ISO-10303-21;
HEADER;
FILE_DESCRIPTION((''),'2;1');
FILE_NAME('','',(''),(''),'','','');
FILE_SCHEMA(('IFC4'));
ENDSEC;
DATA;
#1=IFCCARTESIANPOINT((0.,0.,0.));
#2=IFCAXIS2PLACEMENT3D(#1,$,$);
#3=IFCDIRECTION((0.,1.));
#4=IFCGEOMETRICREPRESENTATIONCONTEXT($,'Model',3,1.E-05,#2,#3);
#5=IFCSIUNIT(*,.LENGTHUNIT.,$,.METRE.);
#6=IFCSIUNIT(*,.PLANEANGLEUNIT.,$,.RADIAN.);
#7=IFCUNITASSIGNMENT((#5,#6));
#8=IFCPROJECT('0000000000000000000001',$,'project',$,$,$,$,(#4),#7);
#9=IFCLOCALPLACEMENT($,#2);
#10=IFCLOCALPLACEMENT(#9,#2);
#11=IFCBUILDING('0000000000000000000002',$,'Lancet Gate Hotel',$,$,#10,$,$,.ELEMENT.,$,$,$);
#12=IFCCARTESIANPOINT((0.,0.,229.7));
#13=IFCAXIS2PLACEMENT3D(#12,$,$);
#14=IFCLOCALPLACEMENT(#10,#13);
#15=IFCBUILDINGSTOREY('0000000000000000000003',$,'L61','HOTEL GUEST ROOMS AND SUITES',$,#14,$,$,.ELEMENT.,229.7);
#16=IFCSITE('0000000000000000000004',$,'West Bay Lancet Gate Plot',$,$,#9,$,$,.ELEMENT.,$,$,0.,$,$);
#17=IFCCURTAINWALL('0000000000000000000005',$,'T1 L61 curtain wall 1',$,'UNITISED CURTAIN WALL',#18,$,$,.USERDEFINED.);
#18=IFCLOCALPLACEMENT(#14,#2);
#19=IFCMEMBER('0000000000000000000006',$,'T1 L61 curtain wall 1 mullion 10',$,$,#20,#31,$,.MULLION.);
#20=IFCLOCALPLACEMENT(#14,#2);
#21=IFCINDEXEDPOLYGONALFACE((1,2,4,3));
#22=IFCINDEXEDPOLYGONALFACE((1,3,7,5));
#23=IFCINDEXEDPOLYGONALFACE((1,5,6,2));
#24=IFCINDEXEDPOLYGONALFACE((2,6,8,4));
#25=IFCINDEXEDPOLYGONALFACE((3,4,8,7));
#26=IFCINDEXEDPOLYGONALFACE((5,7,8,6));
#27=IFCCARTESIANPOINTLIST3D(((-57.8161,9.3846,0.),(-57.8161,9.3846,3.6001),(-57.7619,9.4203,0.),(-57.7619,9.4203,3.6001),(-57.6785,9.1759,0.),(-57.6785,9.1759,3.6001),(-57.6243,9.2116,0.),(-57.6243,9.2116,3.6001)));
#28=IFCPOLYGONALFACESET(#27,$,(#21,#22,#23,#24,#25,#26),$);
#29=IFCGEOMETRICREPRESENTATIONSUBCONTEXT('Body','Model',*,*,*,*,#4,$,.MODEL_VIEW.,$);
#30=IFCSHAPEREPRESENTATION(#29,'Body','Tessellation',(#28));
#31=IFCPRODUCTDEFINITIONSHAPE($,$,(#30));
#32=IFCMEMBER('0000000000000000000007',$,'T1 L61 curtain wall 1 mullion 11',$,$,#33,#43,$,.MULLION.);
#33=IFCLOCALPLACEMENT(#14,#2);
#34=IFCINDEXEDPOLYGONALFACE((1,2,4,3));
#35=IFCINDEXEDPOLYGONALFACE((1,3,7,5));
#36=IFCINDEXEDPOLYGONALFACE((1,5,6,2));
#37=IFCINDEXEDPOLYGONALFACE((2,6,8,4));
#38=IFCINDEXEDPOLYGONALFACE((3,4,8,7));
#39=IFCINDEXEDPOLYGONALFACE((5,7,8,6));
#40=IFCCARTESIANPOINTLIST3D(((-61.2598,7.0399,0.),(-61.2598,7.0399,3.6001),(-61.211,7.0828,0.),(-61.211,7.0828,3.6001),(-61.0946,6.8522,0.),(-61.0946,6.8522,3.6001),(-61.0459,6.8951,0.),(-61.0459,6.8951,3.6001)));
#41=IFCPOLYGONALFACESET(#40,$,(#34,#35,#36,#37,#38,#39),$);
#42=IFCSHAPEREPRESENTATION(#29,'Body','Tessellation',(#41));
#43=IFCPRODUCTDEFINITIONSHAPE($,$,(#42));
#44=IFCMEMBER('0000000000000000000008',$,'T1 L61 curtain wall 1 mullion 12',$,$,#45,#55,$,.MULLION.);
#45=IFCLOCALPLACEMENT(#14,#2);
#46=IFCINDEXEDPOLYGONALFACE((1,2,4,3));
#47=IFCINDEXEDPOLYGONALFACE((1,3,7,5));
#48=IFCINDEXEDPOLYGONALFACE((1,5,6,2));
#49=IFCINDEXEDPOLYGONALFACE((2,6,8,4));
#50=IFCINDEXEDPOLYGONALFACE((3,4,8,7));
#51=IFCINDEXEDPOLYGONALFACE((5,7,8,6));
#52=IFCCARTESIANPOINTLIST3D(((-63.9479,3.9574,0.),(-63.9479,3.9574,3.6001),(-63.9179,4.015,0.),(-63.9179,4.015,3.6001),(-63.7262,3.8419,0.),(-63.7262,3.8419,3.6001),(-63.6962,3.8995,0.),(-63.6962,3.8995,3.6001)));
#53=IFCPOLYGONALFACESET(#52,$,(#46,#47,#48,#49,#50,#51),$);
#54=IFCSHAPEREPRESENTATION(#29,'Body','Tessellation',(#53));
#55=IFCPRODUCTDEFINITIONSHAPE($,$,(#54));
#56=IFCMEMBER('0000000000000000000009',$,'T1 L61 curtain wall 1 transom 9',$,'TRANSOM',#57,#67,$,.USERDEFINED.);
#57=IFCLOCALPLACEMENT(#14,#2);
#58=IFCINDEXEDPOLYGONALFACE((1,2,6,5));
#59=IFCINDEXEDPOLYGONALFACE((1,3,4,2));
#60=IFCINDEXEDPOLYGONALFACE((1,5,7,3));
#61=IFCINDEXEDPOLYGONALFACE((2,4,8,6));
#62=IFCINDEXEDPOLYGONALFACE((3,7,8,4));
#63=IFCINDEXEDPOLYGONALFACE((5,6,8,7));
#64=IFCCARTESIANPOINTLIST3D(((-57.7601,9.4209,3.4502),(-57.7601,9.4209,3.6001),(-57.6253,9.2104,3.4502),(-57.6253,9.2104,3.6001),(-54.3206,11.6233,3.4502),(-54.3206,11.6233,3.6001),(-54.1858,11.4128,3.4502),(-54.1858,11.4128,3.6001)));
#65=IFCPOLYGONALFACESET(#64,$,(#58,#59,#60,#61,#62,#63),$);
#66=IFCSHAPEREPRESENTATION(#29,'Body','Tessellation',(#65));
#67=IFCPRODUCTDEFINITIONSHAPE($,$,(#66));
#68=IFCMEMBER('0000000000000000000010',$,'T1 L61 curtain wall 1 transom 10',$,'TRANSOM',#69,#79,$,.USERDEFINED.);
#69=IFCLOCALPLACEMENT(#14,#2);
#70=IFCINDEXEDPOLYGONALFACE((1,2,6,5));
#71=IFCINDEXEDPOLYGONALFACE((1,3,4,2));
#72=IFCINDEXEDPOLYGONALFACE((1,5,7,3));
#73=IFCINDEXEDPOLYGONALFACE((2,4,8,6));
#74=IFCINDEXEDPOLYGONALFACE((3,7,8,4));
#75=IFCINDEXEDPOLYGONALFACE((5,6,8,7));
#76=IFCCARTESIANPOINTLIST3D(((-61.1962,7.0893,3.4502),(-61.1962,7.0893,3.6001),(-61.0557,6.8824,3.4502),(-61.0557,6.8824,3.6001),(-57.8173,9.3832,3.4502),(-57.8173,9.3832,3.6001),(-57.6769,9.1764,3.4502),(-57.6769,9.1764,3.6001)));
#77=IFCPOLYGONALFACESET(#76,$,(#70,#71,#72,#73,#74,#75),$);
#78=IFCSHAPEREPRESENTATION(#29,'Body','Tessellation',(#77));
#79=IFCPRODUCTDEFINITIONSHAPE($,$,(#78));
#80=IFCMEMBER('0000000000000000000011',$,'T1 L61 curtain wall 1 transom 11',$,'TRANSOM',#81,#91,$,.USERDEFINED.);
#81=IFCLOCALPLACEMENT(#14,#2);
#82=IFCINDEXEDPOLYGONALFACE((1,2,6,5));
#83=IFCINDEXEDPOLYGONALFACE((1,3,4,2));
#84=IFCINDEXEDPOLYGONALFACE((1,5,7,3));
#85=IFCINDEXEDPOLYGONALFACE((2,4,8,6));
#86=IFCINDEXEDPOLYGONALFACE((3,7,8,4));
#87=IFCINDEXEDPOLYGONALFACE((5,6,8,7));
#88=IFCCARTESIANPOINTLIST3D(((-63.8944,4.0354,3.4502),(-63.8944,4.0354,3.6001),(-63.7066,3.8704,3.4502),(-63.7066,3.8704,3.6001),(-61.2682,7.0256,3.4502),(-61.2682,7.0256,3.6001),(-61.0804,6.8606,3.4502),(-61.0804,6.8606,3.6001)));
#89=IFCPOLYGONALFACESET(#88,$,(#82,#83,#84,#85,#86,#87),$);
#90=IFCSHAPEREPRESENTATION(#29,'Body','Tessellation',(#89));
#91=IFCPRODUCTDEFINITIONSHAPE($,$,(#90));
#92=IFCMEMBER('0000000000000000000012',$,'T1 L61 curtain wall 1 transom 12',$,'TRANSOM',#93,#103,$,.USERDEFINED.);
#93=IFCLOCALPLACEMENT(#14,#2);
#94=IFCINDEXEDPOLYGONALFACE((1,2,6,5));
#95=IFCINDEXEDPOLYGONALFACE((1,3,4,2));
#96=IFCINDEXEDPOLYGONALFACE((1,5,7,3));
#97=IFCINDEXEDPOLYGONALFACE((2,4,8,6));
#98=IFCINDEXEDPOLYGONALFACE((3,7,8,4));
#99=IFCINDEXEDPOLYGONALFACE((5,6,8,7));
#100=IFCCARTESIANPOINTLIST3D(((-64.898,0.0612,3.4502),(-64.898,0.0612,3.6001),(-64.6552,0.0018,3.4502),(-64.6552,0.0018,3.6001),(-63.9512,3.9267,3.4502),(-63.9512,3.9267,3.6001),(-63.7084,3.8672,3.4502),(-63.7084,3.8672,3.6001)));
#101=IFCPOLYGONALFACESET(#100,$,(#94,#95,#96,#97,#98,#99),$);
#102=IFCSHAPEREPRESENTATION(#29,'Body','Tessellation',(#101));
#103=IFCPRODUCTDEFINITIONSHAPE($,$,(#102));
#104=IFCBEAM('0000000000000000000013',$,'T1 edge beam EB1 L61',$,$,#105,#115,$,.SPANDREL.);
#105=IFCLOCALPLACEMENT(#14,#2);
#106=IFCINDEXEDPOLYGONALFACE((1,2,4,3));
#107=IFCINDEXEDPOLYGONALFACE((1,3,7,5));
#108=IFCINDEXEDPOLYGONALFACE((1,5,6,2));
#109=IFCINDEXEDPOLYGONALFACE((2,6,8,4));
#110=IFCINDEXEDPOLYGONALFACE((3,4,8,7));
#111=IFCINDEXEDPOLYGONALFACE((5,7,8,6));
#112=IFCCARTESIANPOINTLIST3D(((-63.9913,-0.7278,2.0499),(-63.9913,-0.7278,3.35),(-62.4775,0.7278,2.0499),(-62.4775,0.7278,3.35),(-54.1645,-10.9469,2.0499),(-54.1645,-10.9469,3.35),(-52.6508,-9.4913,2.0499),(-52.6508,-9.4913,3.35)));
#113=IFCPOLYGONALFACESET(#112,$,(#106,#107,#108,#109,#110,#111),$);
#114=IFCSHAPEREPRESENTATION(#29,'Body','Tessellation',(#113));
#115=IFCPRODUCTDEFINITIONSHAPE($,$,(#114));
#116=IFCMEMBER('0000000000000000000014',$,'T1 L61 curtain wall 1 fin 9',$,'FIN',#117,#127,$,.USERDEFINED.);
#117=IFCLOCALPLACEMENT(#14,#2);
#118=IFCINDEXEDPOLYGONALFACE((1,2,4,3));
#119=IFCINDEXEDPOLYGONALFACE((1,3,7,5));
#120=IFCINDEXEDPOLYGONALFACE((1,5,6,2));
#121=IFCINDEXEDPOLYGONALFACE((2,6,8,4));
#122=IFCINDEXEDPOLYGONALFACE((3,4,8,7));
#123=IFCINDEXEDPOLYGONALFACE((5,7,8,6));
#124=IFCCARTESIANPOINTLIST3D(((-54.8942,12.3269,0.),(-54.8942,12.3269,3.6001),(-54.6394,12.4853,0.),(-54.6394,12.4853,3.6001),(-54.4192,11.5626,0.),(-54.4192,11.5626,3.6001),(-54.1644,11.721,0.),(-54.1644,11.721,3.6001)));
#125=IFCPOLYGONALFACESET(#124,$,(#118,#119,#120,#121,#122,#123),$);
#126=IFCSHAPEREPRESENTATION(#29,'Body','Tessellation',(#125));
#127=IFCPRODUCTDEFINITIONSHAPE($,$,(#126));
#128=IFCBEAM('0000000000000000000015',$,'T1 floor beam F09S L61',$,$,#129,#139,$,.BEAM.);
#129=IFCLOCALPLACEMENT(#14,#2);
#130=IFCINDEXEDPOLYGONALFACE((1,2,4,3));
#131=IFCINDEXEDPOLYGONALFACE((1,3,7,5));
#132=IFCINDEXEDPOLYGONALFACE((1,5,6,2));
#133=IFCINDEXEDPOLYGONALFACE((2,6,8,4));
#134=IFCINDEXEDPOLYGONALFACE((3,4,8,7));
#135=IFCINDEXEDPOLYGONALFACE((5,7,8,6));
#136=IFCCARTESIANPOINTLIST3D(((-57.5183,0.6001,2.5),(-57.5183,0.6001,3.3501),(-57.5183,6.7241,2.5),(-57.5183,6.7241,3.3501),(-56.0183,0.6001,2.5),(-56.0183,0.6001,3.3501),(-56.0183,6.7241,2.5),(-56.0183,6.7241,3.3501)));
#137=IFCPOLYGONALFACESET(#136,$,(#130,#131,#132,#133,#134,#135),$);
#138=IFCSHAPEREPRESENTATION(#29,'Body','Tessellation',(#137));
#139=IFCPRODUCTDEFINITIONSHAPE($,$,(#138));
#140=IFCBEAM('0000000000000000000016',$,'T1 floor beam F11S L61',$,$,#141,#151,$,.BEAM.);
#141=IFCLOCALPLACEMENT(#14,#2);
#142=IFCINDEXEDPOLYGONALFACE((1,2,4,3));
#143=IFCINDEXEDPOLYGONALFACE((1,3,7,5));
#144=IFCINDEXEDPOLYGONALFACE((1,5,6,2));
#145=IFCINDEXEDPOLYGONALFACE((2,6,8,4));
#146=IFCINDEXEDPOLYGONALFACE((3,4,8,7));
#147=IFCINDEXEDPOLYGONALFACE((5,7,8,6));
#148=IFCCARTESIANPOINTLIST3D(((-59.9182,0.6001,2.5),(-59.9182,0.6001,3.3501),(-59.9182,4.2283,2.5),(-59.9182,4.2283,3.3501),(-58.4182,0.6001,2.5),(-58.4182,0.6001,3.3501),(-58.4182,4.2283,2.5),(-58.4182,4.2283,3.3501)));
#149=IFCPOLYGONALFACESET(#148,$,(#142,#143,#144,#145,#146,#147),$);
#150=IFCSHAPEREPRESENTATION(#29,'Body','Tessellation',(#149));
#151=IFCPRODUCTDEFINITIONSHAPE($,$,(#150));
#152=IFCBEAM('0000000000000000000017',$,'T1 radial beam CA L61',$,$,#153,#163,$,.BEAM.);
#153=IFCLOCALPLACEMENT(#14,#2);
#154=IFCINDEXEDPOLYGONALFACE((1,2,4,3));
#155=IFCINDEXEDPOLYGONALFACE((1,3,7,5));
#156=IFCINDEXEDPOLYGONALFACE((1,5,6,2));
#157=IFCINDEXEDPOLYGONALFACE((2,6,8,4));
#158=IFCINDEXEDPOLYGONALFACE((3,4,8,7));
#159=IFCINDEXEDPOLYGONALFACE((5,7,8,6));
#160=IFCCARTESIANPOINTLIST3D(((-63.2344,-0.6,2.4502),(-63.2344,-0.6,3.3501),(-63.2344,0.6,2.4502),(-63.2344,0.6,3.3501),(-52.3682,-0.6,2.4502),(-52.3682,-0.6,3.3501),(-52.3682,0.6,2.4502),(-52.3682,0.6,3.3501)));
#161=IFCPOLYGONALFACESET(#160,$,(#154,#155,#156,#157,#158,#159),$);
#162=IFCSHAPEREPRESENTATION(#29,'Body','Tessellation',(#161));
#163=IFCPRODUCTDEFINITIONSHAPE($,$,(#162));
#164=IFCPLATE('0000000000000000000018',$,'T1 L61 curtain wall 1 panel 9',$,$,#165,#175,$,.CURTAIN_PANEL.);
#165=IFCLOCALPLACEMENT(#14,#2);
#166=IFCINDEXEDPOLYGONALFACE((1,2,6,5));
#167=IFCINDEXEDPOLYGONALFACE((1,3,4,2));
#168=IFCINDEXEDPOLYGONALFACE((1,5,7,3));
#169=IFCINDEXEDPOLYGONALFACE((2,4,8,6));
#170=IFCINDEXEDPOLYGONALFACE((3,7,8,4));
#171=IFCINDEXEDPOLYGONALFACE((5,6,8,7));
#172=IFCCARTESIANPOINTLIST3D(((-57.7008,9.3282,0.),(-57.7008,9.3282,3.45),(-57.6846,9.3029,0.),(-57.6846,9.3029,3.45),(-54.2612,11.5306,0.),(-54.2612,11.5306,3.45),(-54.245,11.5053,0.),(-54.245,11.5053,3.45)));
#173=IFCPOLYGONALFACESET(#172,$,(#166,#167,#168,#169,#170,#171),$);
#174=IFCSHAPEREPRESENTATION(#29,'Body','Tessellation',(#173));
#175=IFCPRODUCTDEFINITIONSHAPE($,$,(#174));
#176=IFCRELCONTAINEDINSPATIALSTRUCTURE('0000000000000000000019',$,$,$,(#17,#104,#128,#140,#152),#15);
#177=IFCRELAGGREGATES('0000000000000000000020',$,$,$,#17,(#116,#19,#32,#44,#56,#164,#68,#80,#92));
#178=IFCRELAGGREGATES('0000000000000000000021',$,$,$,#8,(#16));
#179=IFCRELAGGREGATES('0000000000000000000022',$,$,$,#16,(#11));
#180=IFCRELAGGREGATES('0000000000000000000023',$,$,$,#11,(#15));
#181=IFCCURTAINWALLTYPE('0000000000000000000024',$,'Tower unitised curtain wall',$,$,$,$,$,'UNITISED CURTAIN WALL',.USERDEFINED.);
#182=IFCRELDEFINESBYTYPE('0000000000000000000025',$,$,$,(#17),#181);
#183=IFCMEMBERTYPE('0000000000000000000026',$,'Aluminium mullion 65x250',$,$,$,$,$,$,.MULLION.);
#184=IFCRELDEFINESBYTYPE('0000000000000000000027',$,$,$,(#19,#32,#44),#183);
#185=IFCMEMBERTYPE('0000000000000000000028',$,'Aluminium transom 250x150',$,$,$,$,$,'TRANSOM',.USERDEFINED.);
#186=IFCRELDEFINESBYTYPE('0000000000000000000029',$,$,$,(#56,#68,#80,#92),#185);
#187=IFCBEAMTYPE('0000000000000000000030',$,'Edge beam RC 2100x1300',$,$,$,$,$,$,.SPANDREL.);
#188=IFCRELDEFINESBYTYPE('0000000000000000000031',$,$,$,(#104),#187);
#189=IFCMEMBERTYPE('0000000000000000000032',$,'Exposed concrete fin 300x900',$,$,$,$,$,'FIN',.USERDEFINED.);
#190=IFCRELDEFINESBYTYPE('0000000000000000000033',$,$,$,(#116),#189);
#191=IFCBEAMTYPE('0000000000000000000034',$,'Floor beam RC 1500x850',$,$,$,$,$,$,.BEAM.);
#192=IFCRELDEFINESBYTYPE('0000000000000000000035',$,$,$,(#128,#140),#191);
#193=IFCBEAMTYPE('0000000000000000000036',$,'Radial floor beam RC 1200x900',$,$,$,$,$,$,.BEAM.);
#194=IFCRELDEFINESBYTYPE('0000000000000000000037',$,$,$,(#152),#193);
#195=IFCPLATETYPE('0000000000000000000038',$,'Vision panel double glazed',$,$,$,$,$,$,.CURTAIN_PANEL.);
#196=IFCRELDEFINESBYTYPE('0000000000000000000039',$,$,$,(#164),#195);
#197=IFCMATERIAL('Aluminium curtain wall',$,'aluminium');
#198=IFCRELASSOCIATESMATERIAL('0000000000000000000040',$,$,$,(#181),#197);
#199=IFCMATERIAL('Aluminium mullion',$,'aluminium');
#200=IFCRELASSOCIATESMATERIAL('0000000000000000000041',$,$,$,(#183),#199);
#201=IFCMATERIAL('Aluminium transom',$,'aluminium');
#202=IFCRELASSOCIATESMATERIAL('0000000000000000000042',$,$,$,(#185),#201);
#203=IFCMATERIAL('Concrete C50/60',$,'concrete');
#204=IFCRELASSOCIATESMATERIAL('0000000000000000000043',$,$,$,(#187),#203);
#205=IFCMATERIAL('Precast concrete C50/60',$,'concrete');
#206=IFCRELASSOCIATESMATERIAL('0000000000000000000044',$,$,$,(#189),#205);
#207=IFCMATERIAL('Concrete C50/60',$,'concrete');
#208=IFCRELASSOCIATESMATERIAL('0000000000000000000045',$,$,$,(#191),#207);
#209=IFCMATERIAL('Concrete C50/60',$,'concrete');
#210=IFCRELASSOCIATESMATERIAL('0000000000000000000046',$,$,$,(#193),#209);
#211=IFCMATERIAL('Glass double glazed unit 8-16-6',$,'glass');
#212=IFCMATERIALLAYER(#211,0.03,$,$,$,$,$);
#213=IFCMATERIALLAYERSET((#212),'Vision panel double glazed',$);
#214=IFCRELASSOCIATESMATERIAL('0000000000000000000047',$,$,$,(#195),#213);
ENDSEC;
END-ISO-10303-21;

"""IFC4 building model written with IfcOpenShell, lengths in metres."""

from ifc_helpers import new_model, si_unit, direction, frame, origin, origin_2d, place, context, subcontext, project, spatial, rectangle, extrude, material, layer, layer_set, material_profile, profile_set, type_object, element, aggregate, save


model = new_model("IFC4")

# Units and contexts
model_context = context("Model", 3, precision=1e-05, world=origin(), true_north=direction((0.0, 1.0)))
body_context = subcontext(model_context, "Body", "Model", "MODEL_VIEW")
ifc_project = project(units=[si_unit("LENGTHUNIT", "METRE"), si_unit("PLANEANGLEUNIT", "RADIAN")], contexts=[model_context])

# Site, building, storey
site_placement = place(None, origin())
site = spatial("IfcSite", under=ifc_project, at=site_placement, Name="West Bay Lancet Gate Plot", CompositionType="ELEMENT", RefElevation=0.0)
building_placement = place(site_placement, origin())
building = spatial("IfcBuilding", under=site, at=building_placement, Name="Lancet Gate Hotel", CompositionType="ELEMENT")
storey_placement = place(building_placement, frame((0.0, 0.0, 229.7)))
storey = spatial("IfcBuildingStorey", under=building, at=storey_placement, Name="L61", Description="HOTEL GUEST ROOMS AND SUITES", CompositionType="ELEMENT", Elevation=229.7)

# Curtain wall, members
ifc_material_1 = material(Name="Aluminium curtain wall", Category="aluminium")
curtain_wall_type = type_object("IfcCurtainWallType", Name="Tower unitised curtain wall", ElementType="UNITISED CURTAIN WALL", PredefinedType="USERDEFINED", material=ifc_material_1)
curtain_wall_placement = place(storey_placement, origin())
curtain_wall = element("IfcCurtainWall", 1, at=curtain_wall_placement, inside=storey, type_object=curtain_wall_type, Name="T1 L61 curtain wall 1", ObjectType="UNITISED CURTAIN WALL", PredefinedType="USERDEFINED")
ifc_material_2 = material(Name="Aluminium mullion", Category="aluminium")
ifc_material_profile_1 = material_profile(ifc_material_2, rectangle(XDim=0.0649, YDim=0.25, at=origin_2d()), Name="MULLION 65x250")
ifc_profile_set_1 = profile_set([ifc_material_profile_1], Name="Aluminium mullion")
member_type_1 = type_object("IfcMemberType", Name="Aluminium mullion 65x250", PredefinedType="MULLION", material=ifc_profile_set_1)
member_1_placement = place(storey_placement, frame((-57.7202, 9.2981, 0.0), z_axis=(0.0, 0.0, 1.0), x_axis=(-0.834827, -0.550512, 0.0)))
member_1 = element("IfcMember", 2, at=member_1_placement, type_object=member_type_1, Name="T1 L61 curtain wall 1 mullion 10", PredefinedType="MULLION", context=body_context, shape_type="SweptSolid", body=[
    extrude(rectangle(XDim=0.0649, YDim=0.25, at=origin_2d()), origin(), (0.0, 0.0, 1.0), 3.6001),
])
member_2_placement = place(storey_placement, frame((-61.1528, 6.9675, 0.0), z_axis=(0.0, 0.0, 1.0), x_axis=(-0.750716, -0.660626, 0.0)))
member_2 = element("IfcMember", 3, at=member_2_placement, type_object=member_type_1, Name="T1 L61 curtain wall 1 mullion 11", PredefinedType="MULLION", context=body_context, shape_type="SweptSolid", body=[
    extrude(rectangle(XDim=0.0649, YDim=0.25, at=origin_2d()), origin(), (0.0, 0.0, 1.0), 3.6001),
])
member_3_placement = place(storey_placement, frame((-63.822, 3.9285, 0.0), z_axis=(0.0, 0.0, 1.0), x_axis=(-0.462178, -0.886787, 0.0)))
member_3 = element("IfcMember", 4, at=member_3_placement, type_object=member_type_1, Name="T1 L61 curtain wall 1 mullion 12", PredefinedType="MULLION", context=body_context, shape_type="SweptSolid", body=[
    extrude(rectangle(XDim=0.0649, YDim=0.25, at=origin_2d()), origin(), (0.0, 0.0, 1.0), 3.6001),
])
ifc_material_3 = material(Name="Aluminium transom", Category="aluminium")
ifc_material_profile_2 = material_profile(ifc_material_3, rectangle(XDim=0.25, YDim=0.1499, at=origin_2d()), Name="TRANSOM 250x150")
ifc_profile_set_2 = profile_set([ifc_material_profile_2], Name="Aluminium transom")
member_type_2 = type_object("IfcMemberType", Name="Aluminium transom 250x150", ElementType="TRANSOM", PredefinedType="USERDEFINED", material=ifc_profile_set_2)
member_4_placement = place(storey_placement, frame((-54.2532, 11.5181, 3.5251), z_axis=(-0.842144, -0.539252, 0.0), x_axis=(0.539252, -0.842144, 0.0)))
member_4 = element("IfcMember", 5, at=member_4_placement, type_object=member_type_2, Name="T1 L61 curtain wall 1 transom 9", ObjectType="TRANSOM", PredefinedType="USERDEFINED", context=body_context, shape_type="SweptSolid", body=[
    extrude(rectangle(XDim=0.25, YDim=0.1499, at=origin_2d()), origin(), (0.0, 0.0, 1.0), 4.0842),
])
member_5_placement = place(storey_placement, frame((-57.7471, 9.2798, 3.5251), z_axis=(-0.827349, -0.561689, 0.0), x_axis=(0.561689, -0.827349, 0.0)))
member_5 = element("IfcMember", 6, at=member_5_placement, type_object=member_type_2, Name="T1 L61 curtain wall 1 transom 10", ObjectType="TRANSOM", PredefinedType="USERDEFINED", context=body_context, shape_type="SweptSolid", body=[
    extrude(rectangle(XDim=0.25, YDim=0.1499, at=origin_2d()), origin(), (0.0, 0.0, 1.0), 4.084),
])
member_6_placement = place(storey_placement, frame((-61.1743, 6.9431, 3.5251), z_axis=(-0.659893, -0.751359, 0.0), x_axis=(0.751359, -0.659893, 0.0)))
member_6 = element("IfcMember", 7, at=member_6_placement, type_object=member_type_2, Name="T1 L61 curtain wall 1 transom 11", ObjectType="TRANSOM", PredefinedType="USERDEFINED", context=body_context, shape_type="SweptSolid", body=[
    extrude(rectangle(XDim=0.25, YDim=0.1499, at=origin_2d()), origin(), (0.0, 0.0, 1.0), 3.9797),
])
member_7_placement = place(storey_placement, frame((-63.8298, 3.897, 3.5251), z_axis=(-0.237899, -0.97129, 0.0), x_axis=(0.97129, -0.237899, 0.0)))
member_7 = element("IfcMember", 8, at=member_7_placement, type_object=member_type_2, Name="T1 L61 curtain wall 1 transom 12", ObjectType="TRANSOM", PredefinedType="USERDEFINED", context=body_context, shape_type="SweptSolid", body=[
    extrude(rectangle(XDim=0.25, YDim=0.1499, at=origin_2d()), origin(), (0.0, 0.0, 1.0), 3.9797),
])

# Beam
ifc_material_4 = material(Name="Concrete C50/60", Category="concrete")
ifc_material_profile_3 = material_profile(ifc_material_4, rectangle(XDim=2.1001, YDim=1.3, at=origin_2d()), Name="RC 2100x1300")
ifc_profile_set_3 = profile_set([ifc_material_profile_3], Name="Concrete C50/60")
beam_type_1 = type_object("IfcBeamType", Name="Edge beam RC 2100x1300", PredefinedType="SPANDREL", material=ifc_profile_set_3)
beam_1_placement = place(storey_placement, frame((-63.2344, 0.0, 2.7), z_axis=(0.693135, -0.720808, 0.0), x_axis=(0.720808, 0.693135, 0.0)))
element("IfcBeam", 9, at=beam_1_placement, inside=storey, type_object=beam_type_1, Name="T1 edge beam EB1 L61", PredefinedType="SPANDREL", context=body_context, shape_type="SweptSolid", body=[
    extrude(rectangle(XDim=2.1001, YDim=1.3, at=origin_2d()), origin(), (0.0, 0.0, 1.0), 14.1772),
])

# Member
ifc_material_5 = material(Name="Precast concrete C50/60", Category="concrete")
ifc_material_profile_4 = material_profile(ifc_material_5, rectangle(XDim=0.3, YDim=0.8999, at=origin_2d()), Name="FIN 300x900")
ifc_profile_set_4 = profile_set([ifc_material_profile_4], Name="Precast concrete C50/60")
member_type_3 = type_object("IfcMemberType", Name="Exposed concrete fin 300x900", ElementType="FIN", PredefinedType="USERDEFINED", material=ifc_profile_set_4)
member_8_placement = place(storey_placement, frame((-54.5293, 12.0239, 0.0), z_axis=(0.0, 0.0, 1.0), x_axis=(-0.849342, -0.527842, 0.0)))
member_8 = element("IfcMember", 10, at=member_8_placement, type_object=member_type_3, Name="T1 L61 curtain wall 1 fin 9", ObjectType="FIN", PredefinedType="USERDEFINED", context=body_context, shape_type="SweptSolid", body=[
    extrude(rectangle(XDim=0.3, YDim=0.8999, at=origin_2d()), origin(), (0.0, 0.0, 1.0), 3.6001),
])

# Beams
ifc_material_6 = material(Name="Concrete C50/60", Category="concrete")
ifc_material_profile_5 = material_profile(ifc_material_6, rectangle(XDim=1.5, YDim=0.8501, at=origin_2d()), Name="RC 1500x850")
ifc_profile_set_5 = profile_set([ifc_material_profile_5], Name="Concrete C50/60")
beam_type_2 = type_object("IfcBeamType", Name="Floor beam RC 1500x850", PredefinedType="BEAM", material=ifc_profile_set_5)
beam_2_placement = place(storey_placement, frame((-56.7683, 6.7241, 2.925), z_axis=(0.0, -1.0, 0.0), x_axis=(1.0, 0.0, 0.0)))
element("IfcBeam", 11, at=beam_2_placement, inside=storey, type_object=beam_type_2, Name="T1 floor beam F09S L61", PredefinedType="BEAM", context=body_context, shape_type="SweptSolid", body=[
    extrude(rectangle(XDim=1.5, YDim=0.8501, at=origin_2d()), origin(), (0.0, 0.0, 1.0), 6.124),
])
beam_3_placement = place(storey_placement, frame((-59.1682, 4.2283, 2.925), z_axis=(0.0, -1.0, 0.0), x_axis=(1.0, 0.0, 0.0)))
element("IfcBeam", 12, at=beam_3_placement, inside=storey, type_object=beam_type_2, Name="T1 floor beam F11S L61", PredefinedType="BEAM", context=body_context, shape_type="SweptSolid", body=[
    extrude(rectangle(XDim=1.5, YDim=0.8501, at=origin_2d()), origin(), (0.0, 0.0, 1.0), 3.6282),
])
ifc_material_7 = material(Name="Concrete C50/60", Category="concrete")
ifc_material_profile_6 = material_profile(ifc_material_7, rectangle(XDim=1.2, YDim=0.8999, at=origin_2d()), Name="RC 1200x900")
ifc_profile_set_6 = profile_set([ifc_material_profile_6], Name="Concrete C50/60")
beam_type_3 = type_object("IfcBeamType", Name="Radial floor beam RC 1200x900", PredefinedType="BEAM", material=ifc_profile_set_6)
beam_4_placement = place(storey_placement, frame((-63.2344, 0.0, 2.9001), z_axis=(1.0, 0.0, 0.0), x_axis=(0.0, 1.0, 0.0)))
element("IfcBeam", 13, at=beam_4_placement, inside=storey, type_object=beam_type_3, Name="T1 radial beam CA L61", PredefinedType="BEAM", context=body_context, shape_type="SweptSolid", body=[
    extrude(rectangle(XDim=1.2, YDim=0.8999, at=origin_2d()), origin(), (0.0, 0.0, 1.0), 10.8662),
])

# Plate
ifc_material_8 = material(Name="Glass double glazed unit 8-16-6", Category="glass")
ifc_layer_1 = layer(ifc_material_8, 0.03)
ifc_layer_set_1 = layer_set([ifc_layer_1], Name="Vision panel double glazed")
plate_type = type_object("IfcPlateType", Name="Vision panel double glazed", PredefinedType="CURTAIN_PANEL", material=ifc_layer_set_1)
plate_1_placement = place(storey_placement, frame((-55.9729, 10.4167, 0.0), z_axis=(0.0, 0.0, 1.0), x_axis=(-0.842161, -0.539226, 0.0)))
plate_1 = element("IfcPlate", 14, at=plate_1_placement, type_object=plate_type, Name="T1 L61 curtain wall 1 panel 9", PredefinedType="CURTAIN_PANEL", context=body_context, shape_type="SweptSolid", body=[
    extrude(rectangle(XDim=4.0842, YDim=0.03, at=origin_2d()), origin(), (0.0, 0.0, 1.0), 3.45),
])
aggregate(curtain_wall, [member_8, member_1, member_2, member_3, member_4, plate_1, member_5, member_6, member_7])

save(model, "model.ifc")
